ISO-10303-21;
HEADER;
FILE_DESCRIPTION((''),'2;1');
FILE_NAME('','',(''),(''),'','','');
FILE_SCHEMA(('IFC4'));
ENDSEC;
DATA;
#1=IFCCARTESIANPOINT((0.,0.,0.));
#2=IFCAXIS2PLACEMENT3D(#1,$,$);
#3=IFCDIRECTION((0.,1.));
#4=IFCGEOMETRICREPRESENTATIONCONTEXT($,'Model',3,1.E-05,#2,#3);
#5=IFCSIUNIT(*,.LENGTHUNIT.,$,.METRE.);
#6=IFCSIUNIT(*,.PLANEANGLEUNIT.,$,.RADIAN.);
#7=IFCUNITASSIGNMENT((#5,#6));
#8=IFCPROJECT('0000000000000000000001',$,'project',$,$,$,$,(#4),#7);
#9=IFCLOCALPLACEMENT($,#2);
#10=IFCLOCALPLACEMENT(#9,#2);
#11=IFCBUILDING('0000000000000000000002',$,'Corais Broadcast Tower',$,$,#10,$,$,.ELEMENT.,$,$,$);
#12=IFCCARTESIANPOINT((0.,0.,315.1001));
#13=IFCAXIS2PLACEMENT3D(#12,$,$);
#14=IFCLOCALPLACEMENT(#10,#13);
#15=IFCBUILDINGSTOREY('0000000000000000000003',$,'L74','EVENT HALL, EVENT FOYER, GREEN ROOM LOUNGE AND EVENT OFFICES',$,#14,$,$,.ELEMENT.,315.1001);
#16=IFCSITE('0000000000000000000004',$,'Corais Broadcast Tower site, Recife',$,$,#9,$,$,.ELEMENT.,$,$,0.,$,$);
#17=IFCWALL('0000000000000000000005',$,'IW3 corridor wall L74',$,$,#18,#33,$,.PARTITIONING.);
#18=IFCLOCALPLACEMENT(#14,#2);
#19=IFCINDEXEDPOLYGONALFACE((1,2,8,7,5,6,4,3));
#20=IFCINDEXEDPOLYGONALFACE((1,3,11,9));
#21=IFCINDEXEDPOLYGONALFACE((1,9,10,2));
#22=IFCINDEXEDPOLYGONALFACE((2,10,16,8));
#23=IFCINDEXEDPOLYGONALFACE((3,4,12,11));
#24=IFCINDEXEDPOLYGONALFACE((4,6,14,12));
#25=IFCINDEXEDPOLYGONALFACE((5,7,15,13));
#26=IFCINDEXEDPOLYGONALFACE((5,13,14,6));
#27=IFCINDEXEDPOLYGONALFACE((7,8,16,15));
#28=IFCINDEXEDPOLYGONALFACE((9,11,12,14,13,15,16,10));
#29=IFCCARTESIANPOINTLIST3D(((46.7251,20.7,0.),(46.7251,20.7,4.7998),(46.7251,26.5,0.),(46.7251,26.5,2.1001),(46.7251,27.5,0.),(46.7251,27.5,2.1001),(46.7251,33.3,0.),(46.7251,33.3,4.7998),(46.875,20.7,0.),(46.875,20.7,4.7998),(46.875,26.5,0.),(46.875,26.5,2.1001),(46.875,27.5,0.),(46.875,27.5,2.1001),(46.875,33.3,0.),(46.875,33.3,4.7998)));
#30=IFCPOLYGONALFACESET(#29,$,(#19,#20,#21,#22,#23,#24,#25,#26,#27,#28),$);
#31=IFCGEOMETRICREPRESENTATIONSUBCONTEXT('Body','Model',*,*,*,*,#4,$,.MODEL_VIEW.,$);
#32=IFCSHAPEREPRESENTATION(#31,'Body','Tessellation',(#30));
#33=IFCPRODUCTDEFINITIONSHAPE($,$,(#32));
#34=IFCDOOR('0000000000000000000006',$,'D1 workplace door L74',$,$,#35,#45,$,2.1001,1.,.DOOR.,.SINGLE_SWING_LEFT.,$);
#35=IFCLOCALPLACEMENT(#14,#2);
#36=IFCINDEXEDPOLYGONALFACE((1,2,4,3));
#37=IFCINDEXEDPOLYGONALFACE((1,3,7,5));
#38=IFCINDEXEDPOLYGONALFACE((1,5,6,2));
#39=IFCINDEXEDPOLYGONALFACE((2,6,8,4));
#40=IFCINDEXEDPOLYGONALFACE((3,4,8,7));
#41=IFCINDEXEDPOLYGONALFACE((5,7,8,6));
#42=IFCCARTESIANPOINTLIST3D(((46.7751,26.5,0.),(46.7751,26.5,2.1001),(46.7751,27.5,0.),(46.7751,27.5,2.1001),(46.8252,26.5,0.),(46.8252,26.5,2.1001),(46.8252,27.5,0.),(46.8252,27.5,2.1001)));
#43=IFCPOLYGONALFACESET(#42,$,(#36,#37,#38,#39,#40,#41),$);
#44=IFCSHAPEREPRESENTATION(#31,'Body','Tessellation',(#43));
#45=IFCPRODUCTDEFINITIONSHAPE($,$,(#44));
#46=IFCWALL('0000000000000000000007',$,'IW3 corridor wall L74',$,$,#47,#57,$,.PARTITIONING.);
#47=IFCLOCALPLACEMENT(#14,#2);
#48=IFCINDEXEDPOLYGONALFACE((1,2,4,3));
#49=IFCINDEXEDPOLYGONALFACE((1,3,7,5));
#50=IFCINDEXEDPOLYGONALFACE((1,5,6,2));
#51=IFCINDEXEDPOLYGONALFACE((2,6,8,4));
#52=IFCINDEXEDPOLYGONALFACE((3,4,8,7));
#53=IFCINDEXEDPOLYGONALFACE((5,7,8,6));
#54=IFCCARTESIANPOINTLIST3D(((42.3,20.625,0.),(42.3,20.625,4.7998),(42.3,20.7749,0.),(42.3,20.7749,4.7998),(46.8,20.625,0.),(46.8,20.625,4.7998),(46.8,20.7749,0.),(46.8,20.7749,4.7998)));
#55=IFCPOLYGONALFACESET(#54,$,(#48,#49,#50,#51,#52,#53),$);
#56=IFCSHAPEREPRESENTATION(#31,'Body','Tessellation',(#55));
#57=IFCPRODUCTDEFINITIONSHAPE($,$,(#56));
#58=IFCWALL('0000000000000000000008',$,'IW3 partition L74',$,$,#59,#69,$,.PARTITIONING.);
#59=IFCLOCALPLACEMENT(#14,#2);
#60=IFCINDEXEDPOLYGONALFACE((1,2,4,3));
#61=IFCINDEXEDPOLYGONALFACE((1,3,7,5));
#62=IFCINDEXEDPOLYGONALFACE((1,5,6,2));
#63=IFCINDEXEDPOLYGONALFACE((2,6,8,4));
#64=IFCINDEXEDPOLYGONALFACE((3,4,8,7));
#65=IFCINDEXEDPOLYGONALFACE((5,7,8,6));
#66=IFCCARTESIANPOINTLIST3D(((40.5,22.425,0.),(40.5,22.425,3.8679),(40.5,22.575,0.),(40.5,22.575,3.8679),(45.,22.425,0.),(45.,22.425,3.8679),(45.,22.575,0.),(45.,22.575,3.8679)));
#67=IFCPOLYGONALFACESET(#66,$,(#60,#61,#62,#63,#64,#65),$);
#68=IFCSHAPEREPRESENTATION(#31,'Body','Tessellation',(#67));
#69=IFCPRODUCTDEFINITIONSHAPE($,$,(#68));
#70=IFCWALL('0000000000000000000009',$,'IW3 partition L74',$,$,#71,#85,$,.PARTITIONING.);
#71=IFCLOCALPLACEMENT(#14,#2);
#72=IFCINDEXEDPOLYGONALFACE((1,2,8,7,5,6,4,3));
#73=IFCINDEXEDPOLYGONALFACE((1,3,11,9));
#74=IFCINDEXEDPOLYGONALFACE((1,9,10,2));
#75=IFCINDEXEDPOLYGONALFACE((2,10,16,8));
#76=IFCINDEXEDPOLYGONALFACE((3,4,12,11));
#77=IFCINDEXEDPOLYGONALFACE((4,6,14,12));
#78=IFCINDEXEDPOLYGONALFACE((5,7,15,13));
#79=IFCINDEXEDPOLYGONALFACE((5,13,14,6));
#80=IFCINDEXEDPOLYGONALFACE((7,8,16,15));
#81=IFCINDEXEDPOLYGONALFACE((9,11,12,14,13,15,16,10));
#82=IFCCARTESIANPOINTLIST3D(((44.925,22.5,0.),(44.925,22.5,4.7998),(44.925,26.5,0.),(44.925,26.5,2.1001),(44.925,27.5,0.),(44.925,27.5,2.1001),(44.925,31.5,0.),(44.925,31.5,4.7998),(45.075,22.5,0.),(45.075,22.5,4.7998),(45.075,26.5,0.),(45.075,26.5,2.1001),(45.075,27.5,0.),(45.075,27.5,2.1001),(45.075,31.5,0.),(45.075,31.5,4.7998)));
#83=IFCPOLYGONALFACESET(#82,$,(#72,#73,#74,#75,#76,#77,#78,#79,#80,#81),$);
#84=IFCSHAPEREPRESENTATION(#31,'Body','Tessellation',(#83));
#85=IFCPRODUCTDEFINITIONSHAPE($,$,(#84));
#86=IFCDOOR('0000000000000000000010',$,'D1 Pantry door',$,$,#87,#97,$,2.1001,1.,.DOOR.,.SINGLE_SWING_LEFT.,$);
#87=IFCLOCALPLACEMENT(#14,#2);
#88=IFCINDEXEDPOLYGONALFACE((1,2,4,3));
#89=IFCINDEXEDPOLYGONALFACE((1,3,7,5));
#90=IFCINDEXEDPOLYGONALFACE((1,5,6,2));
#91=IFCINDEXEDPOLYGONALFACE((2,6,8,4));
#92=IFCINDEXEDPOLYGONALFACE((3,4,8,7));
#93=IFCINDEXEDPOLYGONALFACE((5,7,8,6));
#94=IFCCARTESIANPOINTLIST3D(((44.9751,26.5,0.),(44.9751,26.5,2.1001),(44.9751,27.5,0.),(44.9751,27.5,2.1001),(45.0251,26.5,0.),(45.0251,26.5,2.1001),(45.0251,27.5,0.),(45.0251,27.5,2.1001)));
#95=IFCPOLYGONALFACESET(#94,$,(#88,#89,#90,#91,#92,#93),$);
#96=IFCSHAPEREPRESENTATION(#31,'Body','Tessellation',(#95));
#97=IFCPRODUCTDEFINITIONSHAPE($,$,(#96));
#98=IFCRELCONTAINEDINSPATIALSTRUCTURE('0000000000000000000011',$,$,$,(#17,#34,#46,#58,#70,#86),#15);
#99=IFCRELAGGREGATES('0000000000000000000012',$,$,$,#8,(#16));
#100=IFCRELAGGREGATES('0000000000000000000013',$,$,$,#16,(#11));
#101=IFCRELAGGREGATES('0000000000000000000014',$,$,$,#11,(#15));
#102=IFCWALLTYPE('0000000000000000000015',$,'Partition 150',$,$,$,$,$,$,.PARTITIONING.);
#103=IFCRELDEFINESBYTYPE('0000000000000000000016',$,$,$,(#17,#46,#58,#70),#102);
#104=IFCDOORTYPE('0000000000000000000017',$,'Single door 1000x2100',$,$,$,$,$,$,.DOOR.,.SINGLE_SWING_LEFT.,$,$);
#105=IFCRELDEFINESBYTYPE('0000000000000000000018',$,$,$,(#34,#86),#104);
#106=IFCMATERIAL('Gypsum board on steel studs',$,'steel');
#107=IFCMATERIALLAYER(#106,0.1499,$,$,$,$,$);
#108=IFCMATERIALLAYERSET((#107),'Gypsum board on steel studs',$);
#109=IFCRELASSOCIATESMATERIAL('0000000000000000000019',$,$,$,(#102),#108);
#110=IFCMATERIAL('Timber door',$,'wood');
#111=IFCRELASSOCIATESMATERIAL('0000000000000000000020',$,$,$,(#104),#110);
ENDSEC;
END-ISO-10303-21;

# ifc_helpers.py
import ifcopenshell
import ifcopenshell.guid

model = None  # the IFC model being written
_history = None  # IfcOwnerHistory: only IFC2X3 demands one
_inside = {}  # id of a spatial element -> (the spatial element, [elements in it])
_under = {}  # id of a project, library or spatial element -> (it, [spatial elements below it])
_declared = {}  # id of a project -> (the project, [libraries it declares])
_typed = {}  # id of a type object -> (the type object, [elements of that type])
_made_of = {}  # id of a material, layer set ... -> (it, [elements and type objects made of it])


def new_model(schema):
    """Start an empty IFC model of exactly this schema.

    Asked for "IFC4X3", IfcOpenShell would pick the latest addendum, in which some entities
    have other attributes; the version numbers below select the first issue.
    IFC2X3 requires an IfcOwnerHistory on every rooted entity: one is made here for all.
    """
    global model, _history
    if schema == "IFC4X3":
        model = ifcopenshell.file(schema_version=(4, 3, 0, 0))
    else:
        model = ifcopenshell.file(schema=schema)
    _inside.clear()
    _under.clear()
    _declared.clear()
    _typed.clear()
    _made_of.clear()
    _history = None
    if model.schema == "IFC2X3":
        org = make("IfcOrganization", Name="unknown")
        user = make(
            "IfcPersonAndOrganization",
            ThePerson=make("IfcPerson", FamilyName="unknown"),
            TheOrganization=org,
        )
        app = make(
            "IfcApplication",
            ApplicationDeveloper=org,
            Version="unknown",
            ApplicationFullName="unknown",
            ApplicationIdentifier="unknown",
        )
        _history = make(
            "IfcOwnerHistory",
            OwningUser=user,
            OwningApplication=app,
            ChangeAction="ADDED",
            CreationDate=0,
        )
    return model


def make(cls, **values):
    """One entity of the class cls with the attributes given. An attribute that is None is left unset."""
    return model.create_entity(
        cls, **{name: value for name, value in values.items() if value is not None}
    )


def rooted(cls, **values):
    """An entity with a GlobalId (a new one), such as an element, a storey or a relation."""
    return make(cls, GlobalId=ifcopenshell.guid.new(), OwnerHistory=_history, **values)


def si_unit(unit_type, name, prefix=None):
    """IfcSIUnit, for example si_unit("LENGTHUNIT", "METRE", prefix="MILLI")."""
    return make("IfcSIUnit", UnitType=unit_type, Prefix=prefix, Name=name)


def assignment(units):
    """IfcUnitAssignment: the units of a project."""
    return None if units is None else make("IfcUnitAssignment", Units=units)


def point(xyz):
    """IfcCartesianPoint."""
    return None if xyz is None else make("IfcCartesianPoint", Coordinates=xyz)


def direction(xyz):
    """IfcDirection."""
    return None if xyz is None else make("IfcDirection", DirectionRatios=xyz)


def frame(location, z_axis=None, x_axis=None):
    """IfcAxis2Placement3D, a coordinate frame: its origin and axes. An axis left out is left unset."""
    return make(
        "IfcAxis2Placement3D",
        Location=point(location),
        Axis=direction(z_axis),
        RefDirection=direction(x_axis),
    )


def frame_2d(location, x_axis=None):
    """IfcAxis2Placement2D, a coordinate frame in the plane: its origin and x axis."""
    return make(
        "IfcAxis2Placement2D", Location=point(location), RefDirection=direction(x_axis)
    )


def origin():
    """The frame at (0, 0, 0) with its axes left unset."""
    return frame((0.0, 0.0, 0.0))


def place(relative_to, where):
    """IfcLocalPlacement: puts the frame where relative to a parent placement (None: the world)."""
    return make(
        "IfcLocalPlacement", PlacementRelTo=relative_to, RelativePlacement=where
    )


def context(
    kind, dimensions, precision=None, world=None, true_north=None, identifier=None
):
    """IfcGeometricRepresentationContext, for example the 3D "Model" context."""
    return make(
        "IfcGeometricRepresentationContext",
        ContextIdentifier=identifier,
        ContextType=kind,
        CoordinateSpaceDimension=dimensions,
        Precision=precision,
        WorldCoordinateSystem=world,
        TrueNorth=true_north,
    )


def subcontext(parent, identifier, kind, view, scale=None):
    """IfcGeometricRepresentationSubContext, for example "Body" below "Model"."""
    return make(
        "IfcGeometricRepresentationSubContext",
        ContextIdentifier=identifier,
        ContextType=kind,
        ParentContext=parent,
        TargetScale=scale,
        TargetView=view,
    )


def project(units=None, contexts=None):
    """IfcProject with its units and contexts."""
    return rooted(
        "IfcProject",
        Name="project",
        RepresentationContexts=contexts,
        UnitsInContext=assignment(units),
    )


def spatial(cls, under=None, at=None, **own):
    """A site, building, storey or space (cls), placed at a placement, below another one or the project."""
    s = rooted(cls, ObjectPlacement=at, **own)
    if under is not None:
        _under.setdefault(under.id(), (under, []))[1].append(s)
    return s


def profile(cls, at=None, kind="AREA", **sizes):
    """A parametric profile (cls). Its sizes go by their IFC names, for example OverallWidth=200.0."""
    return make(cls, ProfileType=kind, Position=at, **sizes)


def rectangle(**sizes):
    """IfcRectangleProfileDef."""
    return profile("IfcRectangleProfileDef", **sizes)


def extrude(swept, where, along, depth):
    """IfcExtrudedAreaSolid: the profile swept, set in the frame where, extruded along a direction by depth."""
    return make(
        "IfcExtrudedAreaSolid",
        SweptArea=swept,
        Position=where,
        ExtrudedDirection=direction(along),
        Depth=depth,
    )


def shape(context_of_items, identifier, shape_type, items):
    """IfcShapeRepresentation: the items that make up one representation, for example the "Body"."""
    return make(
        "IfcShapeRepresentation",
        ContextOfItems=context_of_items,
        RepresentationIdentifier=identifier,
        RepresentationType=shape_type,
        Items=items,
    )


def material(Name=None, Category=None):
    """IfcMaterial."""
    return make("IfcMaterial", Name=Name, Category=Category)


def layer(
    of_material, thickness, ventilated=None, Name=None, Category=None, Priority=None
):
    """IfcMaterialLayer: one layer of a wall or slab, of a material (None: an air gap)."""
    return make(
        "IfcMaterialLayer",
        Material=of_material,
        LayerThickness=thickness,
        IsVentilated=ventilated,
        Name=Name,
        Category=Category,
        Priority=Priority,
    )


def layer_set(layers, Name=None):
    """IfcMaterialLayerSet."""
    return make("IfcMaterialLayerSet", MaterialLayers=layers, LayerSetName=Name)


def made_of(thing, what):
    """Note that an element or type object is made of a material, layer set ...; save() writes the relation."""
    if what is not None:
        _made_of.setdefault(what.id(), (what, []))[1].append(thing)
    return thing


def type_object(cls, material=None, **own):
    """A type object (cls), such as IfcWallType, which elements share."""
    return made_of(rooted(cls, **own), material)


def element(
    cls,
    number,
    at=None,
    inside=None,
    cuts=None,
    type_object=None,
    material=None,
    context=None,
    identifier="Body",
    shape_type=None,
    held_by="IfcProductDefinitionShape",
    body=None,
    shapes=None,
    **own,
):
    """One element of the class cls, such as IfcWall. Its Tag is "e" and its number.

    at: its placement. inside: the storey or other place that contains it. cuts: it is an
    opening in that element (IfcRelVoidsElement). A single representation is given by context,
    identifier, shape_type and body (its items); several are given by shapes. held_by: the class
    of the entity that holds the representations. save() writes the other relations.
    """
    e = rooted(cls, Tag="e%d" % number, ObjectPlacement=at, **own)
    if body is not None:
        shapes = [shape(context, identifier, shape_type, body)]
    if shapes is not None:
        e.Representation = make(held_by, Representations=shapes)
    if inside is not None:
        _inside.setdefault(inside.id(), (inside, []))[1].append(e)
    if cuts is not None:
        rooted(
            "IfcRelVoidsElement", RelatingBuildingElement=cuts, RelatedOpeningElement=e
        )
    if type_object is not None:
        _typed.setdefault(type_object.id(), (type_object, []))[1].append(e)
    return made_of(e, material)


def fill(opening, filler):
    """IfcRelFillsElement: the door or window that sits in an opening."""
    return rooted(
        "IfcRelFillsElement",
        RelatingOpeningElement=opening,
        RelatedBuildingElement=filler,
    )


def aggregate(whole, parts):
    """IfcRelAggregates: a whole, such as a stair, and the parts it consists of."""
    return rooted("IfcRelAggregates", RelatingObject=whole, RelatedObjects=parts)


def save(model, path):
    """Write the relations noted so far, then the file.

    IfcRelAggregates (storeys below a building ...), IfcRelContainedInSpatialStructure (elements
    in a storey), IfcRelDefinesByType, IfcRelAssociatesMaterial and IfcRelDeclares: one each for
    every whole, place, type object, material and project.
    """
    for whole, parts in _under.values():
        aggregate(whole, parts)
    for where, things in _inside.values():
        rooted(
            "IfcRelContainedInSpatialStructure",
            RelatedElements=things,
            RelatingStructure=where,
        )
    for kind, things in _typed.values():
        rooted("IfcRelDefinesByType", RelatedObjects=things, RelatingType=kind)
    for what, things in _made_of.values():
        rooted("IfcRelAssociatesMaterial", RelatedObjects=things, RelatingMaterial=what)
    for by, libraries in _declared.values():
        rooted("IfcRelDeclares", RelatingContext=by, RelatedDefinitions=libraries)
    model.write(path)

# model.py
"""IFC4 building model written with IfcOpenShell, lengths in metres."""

from ifc_helpers import new_model, si_unit, direction, frame, frame_2d, origin, place, context, subcontext, project, spatial, rectangle, extrude, material, layer, layer_set, type_object, element, fill, save


model = new_model("IFC4")

# Units and contexts
model_context = context("Model", 3, precision=1e-05, world=origin(), true_north=direction((0.0, 1.0)))
body_context = subcontext(model_context, "Body", "Model", "MODEL_VIEW")
ifc_project = project(units=[si_unit("LENGTHUNIT", "METRE"), si_unit("PLANEANGLEUNIT", "RADIAN")], contexts=[model_context])

# Site, building, storey
site_placement = place(None, origin())
site = spatial("IfcSite", under=ifc_project, at=site_placement, Name="Corais Broadcast Tower site, Recife", CompositionType="ELEMENT", RefElevation=0.0)
building_placement = place(site_placement, origin())
building = spatial("IfcBuilding", under=site, at=building_placement, Name="Corais Broadcast Tower", CompositionType="ELEMENT")
storey_placement = place(building_placement, frame((0.0, 0.0, 315.1001)))
storey = spatial("IfcBuildingStorey", under=building, at=storey_placement, Name="L74", Description="EVENT HALL, EVENT FOYER, GREEN ROOM LOUNGE AND EVENT OFFICES", CompositionType="ELEMENT", Elevation=315.1001)

# Wall, opening, door
ifc_material_1 = material(Name="Gypsum board on steel studs", Category="steel")
ifc_layer_1 = layer(ifc_material_1, 0.1499)
ifc_layer_set_1 = layer_set([ifc_layer_1], Name="Gypsum board on steel studs")
wall_type = type_object("IfcWallType", Name="Partition 150", PredefinedType="PARTITIONING", material=ifc_layer_set_1)
wall_1_placement = place(storey_placement, frame((46.8, 20.7, 0.0), z_axis=(0.0, 0.0, 1.0), x_axis=(0.0, 1.0, 0.0)))
wall_1 = element("IfcWall", 1, at=wall_1_placement, inside=storey, type_object=wall_type, Name="IW3 corridor wall L74", PredefinedType="PARTITIONING", context=body_context, shape_type="SweptSolid", body=[
    extrude(rectangle(XDim=12.6001, YDim=0.1499, at=frame_2d((6.3, 0.0))), origin(), (0.0, 0.0, 1.0), 4.7998),
])
opening_1_placement = place(wall_1_placement, frame((5.8, 0.0, 0.0)))
opening_1 = element("IfcOpeningElement", 2, at=opening_1_placement, cuts=wall_1, PredefinedType="OPENING", context=body_context, shape_type="SweptSolid", body=[
    extrude(rectangle(XDim=1.0, YDim=2.1001, at=frame_2d((0.5, 1.05))), frame((0.0, 0.085, 0.0), z_axis=(0.0, -1.0, 0.0), x_axis=(1.0, 0.0, 0.0)), (0.0, 0.0, 1.0), 0.1699),
])
ifc_material_2 = material(Name="Timber door", Category="wood")
door_type = type_object("IfcDoorType", Name="Single door 1000x2100", OperationType="SINGLE_SWING_LEFT", PredefinedType="DOOR", material=ifc_material_2)
door_1_placement = place(opening_1_placement, origin())
door_1 = element("IfcDoor", 3, at=door_1_placement, inside=storey, type_object=door_type, Name="D1 workplace door L74", OperationType="SINGLE_SWING_LEFT", OverallHeight=2.1001, OverallWidth=1.0, PredefinedType="DOOR", context=body_context, shape_type="SweptSolid", body=[
    extrude(rectangle(XDim=1.0, YDim=2.1001, at=frame_2d((0.5, 1.05))), frame((0.0, 0.0249, 0.0), z_axis=(0.0, -1.0, 0.0), x_axis=(1.0, 0.0, 0.0)), (0.0, 0.0, 1.0), 0.05),
])
fill(opening_1, door_1)

# Walls
wall_2_placement = place(storey_placement, frame((42.3, 20.7, 0.0), z_axis=(0.0, 0.0, 1.0), x_axis=(1.0, 0.0, 0.0)))
element("IfcWall", 4, at=wall_2_placement, inside=storey, type_object=wall_type, Name="IW3 corridor wall L74", PredefinedType="PARTITIONING", context=body_context, shape_type="SweptSolid", body=[
    extrude(rectangle(XDim=4.5, YDim=0.1499, at=frame_2d((2.25, 0.0))), origin(), (0.0, 0.0, 1.0), 4.7998),
])
wall_3_placement = place(storey_placement, frame((40.5, 22.5, 0.0), z_axis=(0.0, 0.0, 1.0), x_axis=(1.0, 0.0, 0.0)))
element("IfcWall", 5, at=wall_3_placement, inside=storey, type_object=wall_type, Name="IW3 partition L74", PredefinedType="PARTITIONING", context=body_context, shape_type="SweptSolid", body=[
    extrude(rectangle(XDim=4.5, YDim=0.1499, at=frame_2d((2.25, 0.0))), origin(), (0.0, 0.0, 1.0), 3.8679),
])

# Wall, opening, door
wall_4_placement = place(storey_placement, frame((45.0, 22.5, 0.0), z_axis=(0.0, 0.0, 1.0), x_axis=(0.0, 1.0, 0.0)))
wall_4 = element("IfcWall", 6, at=wall_4_placement, inside=storey, type_object=wall_type, Name="IW3 partition L74", PredefinedType="PARTITIONING", context=body_context, shape_type="SweptSolid", body=[
    extrude(rectangle(XDim=9.0, YDim=0.1499, at=frame_2d((4.5, 0.0))), origin(), (0.0, 0.0, 1.0), 4.7998),
])
opening_2_placement = place(wall_4_placement, frame((4.0, 0.0, 0.0)))
opening_2 = element("IfcOpeningElement", 7, at=opening_2_placement, cuts=wall_4, PredefinedType="OPENING", context=body_context, shape_type="SweptSolid", body=[
    extrude(rectangle(XDim=1.0, YDim=2.1001, at=frame_2d((0.5, 1.05))), frame((0.0, 0.085, 0.0), z_axis=(0.0, -1.0, 0.0), x_axis=(1.0, 0.0, 0.0)), (0.0, 0.0, 1.0), 0.1699),
])
door_2_placement = place(opening_2_placement, origin())
door_2 = element("IfcDoor", 8, at=door_2_placement, inside=storey, type_object=door_type, Name="D1 Pantry door", OperationType="SINGLE_SWING_LEFT", OverallHeight=2.1001, OverallWidth=1.0, PredefinedType="DOOR", context=body_context, shape_type="SweptSolid", body=[
    extrude(rectangle(XDim=1.0, YDim=2.1001, at=frame_2d((0.5, 1.05))), frame((0.0, 0.0249, 0.0), z_axis=(0.0, -1.0, 0.0), x_axis=(1.0, 0.0, 0.0)), (0.0, 0.0, 1.0), 0.05),
])
fill(opening_2, door_2)

save(model, "model.ifc")
